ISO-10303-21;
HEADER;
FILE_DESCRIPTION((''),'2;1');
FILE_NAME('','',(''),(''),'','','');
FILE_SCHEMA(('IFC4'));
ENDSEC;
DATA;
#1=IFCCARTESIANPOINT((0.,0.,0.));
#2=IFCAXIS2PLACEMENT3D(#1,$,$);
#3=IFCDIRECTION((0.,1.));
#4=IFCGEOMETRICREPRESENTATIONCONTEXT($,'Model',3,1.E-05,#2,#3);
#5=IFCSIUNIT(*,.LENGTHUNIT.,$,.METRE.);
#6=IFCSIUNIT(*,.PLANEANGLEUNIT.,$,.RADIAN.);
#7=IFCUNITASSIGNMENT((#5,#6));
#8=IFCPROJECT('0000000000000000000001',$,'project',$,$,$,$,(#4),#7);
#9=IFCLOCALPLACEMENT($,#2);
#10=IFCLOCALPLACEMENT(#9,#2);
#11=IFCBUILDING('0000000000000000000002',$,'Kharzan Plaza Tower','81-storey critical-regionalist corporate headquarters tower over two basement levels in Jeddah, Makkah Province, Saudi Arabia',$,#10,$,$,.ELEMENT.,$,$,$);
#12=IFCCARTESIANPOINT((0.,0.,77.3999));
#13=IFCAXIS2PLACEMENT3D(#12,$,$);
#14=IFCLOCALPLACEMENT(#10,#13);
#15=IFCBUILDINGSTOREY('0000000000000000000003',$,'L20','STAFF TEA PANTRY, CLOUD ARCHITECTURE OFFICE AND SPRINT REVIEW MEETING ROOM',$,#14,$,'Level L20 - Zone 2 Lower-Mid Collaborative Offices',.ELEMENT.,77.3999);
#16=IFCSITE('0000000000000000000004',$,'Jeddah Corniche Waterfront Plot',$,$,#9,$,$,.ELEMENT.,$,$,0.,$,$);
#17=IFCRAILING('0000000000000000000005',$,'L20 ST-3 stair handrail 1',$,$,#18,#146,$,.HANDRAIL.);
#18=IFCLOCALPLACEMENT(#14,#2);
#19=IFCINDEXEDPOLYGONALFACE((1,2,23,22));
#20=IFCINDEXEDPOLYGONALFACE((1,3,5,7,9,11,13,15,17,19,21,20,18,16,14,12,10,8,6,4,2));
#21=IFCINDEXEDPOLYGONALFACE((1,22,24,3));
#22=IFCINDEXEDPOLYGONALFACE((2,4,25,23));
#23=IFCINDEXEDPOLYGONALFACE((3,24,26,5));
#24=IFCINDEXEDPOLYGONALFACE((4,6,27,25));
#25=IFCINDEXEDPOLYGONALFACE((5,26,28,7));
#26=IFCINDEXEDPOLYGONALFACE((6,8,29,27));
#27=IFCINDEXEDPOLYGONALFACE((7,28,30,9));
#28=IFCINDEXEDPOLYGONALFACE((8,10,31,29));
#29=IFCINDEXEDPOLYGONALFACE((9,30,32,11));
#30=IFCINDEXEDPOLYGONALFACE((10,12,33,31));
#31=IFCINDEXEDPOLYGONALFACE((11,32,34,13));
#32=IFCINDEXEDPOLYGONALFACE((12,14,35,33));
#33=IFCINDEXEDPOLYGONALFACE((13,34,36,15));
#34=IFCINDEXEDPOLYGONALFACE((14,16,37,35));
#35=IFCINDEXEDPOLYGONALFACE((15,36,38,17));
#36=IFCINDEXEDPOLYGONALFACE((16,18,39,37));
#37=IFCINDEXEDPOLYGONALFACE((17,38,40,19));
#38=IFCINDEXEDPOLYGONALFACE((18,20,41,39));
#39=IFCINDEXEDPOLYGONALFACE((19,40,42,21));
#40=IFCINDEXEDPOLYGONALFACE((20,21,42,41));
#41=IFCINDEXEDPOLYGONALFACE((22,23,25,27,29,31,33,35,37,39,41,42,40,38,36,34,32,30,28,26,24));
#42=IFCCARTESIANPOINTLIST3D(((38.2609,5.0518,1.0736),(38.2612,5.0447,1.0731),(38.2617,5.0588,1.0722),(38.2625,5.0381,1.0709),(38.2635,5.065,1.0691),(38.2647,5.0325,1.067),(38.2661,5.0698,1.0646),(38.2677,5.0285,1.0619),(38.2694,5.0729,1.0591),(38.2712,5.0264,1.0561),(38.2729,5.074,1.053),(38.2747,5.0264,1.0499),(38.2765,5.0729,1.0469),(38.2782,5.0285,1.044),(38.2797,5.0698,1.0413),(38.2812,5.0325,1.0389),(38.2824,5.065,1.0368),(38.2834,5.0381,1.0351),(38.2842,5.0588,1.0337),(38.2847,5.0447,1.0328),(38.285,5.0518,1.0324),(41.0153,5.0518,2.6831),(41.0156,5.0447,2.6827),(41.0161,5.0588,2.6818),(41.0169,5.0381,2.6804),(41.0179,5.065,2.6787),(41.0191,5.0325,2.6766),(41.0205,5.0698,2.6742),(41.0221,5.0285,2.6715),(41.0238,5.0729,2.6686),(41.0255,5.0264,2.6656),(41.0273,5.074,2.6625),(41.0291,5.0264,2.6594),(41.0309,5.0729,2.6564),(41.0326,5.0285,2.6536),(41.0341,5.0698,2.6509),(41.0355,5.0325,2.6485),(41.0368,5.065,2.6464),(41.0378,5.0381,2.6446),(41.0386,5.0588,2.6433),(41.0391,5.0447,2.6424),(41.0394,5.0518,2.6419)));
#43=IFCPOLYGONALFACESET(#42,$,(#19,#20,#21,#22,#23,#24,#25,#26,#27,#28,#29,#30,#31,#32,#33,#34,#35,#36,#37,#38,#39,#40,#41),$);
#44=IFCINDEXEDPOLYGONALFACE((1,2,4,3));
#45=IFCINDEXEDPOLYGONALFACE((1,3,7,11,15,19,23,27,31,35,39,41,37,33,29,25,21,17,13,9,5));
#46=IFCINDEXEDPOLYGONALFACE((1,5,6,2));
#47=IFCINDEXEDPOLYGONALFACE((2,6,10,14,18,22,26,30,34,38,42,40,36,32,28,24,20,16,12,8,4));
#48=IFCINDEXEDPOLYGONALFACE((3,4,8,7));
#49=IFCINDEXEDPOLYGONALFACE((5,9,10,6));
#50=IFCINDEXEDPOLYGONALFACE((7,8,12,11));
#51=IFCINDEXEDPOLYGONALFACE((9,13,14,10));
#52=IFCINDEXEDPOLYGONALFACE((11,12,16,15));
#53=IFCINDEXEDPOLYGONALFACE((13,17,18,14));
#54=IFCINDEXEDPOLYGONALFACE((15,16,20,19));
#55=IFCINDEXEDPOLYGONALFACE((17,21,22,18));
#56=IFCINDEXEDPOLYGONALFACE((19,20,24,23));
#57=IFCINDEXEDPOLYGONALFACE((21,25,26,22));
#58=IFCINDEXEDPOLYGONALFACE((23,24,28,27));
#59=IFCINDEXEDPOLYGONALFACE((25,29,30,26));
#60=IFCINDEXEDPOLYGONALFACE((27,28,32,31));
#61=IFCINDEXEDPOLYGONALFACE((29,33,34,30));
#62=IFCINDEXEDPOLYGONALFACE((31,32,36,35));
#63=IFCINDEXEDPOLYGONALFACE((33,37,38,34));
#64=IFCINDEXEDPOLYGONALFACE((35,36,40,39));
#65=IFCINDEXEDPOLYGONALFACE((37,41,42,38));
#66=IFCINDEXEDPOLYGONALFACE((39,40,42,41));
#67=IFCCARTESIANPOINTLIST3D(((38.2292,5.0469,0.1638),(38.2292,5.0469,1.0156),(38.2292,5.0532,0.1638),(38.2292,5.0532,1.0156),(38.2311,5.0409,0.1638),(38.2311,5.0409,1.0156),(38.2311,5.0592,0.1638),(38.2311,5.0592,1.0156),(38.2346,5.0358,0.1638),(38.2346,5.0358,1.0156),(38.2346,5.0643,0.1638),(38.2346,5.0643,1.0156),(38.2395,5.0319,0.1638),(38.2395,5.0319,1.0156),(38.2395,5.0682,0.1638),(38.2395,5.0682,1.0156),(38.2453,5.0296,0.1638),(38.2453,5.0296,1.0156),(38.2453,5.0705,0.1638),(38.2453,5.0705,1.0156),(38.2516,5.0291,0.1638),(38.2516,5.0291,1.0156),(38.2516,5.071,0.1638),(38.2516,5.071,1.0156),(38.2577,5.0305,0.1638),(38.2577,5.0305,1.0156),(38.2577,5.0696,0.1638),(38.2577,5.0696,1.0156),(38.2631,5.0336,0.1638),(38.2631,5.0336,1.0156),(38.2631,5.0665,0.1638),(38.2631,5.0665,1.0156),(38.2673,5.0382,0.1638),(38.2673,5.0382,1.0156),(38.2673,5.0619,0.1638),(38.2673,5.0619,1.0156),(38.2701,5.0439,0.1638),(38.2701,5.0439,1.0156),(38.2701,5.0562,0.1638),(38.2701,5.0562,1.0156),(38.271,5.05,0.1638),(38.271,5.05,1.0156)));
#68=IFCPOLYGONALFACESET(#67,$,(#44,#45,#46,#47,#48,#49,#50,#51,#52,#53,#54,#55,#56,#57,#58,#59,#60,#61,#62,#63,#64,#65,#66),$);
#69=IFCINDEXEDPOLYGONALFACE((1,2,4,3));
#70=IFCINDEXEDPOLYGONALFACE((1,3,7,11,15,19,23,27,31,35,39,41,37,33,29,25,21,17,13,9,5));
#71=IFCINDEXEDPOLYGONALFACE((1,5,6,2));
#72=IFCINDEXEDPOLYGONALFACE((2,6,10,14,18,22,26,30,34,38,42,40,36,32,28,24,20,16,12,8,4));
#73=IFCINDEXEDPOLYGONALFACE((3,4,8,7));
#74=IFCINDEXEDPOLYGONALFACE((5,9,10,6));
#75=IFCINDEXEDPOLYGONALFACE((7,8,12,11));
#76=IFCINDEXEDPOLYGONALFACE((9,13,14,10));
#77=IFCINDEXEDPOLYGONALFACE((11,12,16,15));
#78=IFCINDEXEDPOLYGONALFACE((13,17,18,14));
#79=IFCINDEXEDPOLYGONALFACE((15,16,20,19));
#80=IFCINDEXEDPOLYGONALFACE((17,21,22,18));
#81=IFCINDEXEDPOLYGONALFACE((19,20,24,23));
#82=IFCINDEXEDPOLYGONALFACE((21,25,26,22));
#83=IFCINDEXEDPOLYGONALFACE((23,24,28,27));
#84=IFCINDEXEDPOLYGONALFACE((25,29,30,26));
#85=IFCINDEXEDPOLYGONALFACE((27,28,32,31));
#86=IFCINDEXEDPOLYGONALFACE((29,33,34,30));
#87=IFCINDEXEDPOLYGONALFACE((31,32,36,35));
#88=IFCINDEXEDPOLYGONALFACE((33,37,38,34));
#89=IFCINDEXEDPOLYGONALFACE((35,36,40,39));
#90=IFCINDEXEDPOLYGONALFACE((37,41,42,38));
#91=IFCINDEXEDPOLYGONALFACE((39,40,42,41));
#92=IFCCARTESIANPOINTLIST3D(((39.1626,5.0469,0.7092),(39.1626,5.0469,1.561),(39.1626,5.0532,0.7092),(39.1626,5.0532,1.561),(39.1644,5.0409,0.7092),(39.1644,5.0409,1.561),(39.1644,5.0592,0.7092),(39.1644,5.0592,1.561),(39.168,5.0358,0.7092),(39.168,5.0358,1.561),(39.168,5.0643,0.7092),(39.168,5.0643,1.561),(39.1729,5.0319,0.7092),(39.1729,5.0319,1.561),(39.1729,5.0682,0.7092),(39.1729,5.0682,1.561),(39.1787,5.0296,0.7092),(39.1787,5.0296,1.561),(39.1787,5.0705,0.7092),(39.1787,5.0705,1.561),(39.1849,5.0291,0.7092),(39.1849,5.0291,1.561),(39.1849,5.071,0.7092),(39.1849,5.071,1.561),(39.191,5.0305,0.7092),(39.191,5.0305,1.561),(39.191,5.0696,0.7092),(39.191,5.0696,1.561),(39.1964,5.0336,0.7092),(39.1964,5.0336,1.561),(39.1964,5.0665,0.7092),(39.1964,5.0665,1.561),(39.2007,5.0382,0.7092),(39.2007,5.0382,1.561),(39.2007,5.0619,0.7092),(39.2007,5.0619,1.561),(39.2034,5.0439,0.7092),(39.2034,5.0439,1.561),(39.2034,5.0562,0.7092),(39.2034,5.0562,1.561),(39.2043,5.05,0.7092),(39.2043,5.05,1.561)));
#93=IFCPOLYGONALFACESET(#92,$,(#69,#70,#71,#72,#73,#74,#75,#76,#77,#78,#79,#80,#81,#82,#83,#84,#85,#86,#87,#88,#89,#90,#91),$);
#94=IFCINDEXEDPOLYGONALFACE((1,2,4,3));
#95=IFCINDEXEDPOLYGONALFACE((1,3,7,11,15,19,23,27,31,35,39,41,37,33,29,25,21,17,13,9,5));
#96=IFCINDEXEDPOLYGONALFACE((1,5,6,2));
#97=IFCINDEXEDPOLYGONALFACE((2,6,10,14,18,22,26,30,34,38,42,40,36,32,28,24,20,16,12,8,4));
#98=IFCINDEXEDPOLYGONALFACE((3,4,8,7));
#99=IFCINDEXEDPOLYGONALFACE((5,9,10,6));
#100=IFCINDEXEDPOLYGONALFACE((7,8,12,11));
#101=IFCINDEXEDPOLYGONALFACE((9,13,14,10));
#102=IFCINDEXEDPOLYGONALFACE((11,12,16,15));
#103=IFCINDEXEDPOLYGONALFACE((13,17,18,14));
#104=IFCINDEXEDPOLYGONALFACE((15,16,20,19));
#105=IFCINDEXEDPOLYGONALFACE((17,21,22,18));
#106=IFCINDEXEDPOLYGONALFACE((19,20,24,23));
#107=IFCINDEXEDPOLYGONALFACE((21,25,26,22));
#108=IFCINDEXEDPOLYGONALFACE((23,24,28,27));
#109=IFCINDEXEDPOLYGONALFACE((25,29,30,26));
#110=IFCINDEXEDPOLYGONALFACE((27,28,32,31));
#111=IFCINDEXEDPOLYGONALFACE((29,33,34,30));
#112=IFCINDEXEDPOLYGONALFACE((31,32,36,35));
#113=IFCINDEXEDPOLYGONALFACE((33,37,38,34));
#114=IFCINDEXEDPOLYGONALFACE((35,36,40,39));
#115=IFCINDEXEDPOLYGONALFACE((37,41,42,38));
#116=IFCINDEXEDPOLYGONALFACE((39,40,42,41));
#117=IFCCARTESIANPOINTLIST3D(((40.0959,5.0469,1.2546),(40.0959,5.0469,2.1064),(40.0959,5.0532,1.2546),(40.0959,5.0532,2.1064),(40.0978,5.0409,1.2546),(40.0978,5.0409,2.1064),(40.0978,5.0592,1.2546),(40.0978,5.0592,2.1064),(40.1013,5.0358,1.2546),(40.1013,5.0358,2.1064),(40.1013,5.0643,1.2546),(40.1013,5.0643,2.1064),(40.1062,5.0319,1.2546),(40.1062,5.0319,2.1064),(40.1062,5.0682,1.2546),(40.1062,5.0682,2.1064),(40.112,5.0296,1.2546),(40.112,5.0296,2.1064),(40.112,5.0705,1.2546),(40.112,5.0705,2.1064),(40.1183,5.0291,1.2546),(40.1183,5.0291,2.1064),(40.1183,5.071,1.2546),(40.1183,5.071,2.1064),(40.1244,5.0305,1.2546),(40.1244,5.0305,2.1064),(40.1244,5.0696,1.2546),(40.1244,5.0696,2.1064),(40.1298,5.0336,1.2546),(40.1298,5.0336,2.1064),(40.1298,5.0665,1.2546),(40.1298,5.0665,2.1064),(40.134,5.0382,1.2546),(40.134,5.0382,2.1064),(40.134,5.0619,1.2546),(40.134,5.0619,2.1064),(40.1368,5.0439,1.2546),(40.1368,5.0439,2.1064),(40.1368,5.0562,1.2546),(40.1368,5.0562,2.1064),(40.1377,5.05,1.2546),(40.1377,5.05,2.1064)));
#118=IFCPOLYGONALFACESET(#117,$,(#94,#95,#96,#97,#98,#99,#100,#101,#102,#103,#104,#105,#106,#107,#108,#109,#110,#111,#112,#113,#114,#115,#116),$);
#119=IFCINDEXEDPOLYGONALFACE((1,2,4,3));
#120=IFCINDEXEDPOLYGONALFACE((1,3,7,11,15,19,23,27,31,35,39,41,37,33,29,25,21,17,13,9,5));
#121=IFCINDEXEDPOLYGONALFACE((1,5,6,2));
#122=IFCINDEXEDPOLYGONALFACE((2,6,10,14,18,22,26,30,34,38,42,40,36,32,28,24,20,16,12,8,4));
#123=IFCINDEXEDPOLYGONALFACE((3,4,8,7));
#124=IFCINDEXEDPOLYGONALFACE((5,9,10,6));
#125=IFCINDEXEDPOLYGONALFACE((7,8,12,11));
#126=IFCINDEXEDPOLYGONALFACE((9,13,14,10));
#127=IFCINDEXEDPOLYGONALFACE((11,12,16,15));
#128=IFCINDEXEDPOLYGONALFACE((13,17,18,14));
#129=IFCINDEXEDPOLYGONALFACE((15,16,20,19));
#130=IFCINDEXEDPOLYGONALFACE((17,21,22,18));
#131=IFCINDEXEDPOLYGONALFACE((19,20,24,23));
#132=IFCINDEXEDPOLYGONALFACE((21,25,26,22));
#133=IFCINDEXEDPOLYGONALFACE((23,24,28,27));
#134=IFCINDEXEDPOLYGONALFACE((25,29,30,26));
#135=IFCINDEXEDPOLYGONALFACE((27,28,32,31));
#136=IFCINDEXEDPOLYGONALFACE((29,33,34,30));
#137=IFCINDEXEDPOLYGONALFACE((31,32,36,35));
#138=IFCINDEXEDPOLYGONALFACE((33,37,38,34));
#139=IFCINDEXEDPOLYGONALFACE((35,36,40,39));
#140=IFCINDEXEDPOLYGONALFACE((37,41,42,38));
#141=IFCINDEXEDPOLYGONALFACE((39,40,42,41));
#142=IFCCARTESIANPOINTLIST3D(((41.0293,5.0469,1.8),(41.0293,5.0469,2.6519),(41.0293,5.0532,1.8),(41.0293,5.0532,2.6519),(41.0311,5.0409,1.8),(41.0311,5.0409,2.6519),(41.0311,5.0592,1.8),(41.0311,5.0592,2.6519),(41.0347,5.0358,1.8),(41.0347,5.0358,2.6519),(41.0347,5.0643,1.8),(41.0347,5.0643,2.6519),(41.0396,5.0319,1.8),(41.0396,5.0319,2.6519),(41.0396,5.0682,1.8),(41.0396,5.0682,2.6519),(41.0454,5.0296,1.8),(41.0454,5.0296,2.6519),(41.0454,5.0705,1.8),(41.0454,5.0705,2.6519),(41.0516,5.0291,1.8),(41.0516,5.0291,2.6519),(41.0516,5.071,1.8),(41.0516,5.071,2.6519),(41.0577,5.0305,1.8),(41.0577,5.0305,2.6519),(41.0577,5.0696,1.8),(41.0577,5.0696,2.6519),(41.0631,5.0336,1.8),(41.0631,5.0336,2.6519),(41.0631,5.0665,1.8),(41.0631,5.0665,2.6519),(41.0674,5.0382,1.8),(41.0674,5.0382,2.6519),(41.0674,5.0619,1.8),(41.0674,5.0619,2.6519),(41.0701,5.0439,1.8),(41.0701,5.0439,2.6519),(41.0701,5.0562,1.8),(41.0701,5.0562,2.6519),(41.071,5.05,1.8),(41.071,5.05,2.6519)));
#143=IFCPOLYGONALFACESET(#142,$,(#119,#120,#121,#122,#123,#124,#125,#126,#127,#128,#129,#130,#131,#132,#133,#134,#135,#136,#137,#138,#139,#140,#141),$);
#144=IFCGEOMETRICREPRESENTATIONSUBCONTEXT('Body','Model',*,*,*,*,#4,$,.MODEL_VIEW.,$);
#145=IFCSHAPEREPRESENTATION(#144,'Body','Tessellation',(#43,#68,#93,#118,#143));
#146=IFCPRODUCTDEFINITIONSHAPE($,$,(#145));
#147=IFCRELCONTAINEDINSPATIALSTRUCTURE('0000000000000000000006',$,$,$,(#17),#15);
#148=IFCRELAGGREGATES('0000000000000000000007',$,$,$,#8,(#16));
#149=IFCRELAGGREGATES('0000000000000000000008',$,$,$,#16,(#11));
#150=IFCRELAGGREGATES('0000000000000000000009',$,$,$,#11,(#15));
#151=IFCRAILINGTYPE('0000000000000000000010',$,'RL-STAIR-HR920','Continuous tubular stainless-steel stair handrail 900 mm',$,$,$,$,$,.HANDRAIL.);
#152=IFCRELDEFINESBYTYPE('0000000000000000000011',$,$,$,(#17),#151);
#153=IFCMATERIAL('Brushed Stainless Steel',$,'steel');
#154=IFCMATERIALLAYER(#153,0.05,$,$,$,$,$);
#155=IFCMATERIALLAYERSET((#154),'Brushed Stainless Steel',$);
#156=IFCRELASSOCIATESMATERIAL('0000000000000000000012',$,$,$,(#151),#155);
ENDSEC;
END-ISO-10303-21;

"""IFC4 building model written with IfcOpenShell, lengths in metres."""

from ifc_helpers import new_model, si_unit, direction, frame, origin, origin_2d, place, context, subcontext, project, spatial, circle, extrude, source, transform, mapped, material, layer, layer_set, type_object, element, save


model = new_model("IFC4")

# Units and contexts
model_context = context("Model", 3, precision=1e-05, world=origin(), true_north=direction((0.0, 1.0)))
body_context = subcontext(model_context, "Body", "Model", "MODEL_VIEW")
ifc_project = project(units=[si_unit("LENGTHUNIT", "METRE"), si_unit("PLANEANGLEUNIT", "RADIAN")], contexts=[model_context])

# Site, building, storey
site_placement = place(None, origin())
site = spatial("IfcSite", under=ifc_project, at=site_placement, Name="Jeddah Corniche Waterfront Plot", CompositionType="ELEMENT", RefElevation=0.0)
building_placement = place(site_placement, origin())
building = spatial("IfcBuilding", under=site, at=building_placement, Name="Kharzan Plaza Tower", Description="81-storey critical-regionalist corporate headquarters tower over two basement levels in Jeddah, Makkah Province, Saudi Arabia", CompositionType="ELEMENT")
storey_placement = place(building_placement, frame((0.0, 0.0, 77.3999)))
storey = spatial("IfcBuildingStorey", under=building, at=storey_placement, Name="L20", Description="STAFF TEA PANTRY, CLOUD ARCHITECTURE OFFICE AND SPRINT REVIEW MEETING ROOM", LongName="Level L20 - Zone 2 Lower-Mid Collaborative Offices", CompositionType="ELEMENT", Elevation=77.3999)

# Shared definitions
ifc_material_1 = material(Name="Brushed Stainless Steel", Category="steel")

# Railing
ifc_layer_1 = layer(ifc_material_1, 0.05)
ifc_layer_set_1 = layer_set([ifc_layer_1], Name="Brushed Stainless Steel")
railing_type_1 = type_object("IfcRailingType", Name="RL-STAIR-HR920", Description="Continuous tubular stainless-steel stair handrail 900 mm", PredefinedType="HANDRAIL", material=ifc_layer_set_1)
shared_shape_1 = source(origin(), body_context, "Body", "SweptSolid", [
    extrude(circle(Radius=0.0239, at=origin_2d()), frame((0.0229, 0.0, 0.8892), z_axis=(0.863394, 0.0, 0.504531), x_axis=(0.0, 1.0, 0.0)), (0.0, 0.0, 1.0), 3.1902),
    extrude(circle(Radius=0.021, at=origin_2d()), origin(), (0.0, 0.0, 1.0), 0.8518),
    extrude(circle(Radius=0.021, at=origin_2d()), frame((0.9333, 0.0, 0.5454)), (0.0, 0.0, 1.0), 0.8518),
    extrude(circle(Radius=0.021, at=origin_2d()), frame((1.8667, 0.0, 1.0908)), (0.0, 0.0, 1.0), 0.8518),
    extrude(circle(Radius=0.021, at=origin_2d()), frame((2.8, 0.0, 1.6362)), (0.0, 0.0, 1.0), 0.8518),
])
railing_1_placement = place(storey_placement, frame((38.25, 5.05, 0.1638)))
element("IfcRailing", 1, at=railing_1_placement, inside=storey, type_object=railing_type_1, Name="L20 ST-3 stair handrail 1", PredefinedType="HANDRAIL", context=body_context, shape_type="MappedRepresentation", body=[
    mapped(shared_shape_1, transform((0.0, 0.0, 0.0), x_axis=(1.0, 0.0, 0.0), y_axis=(0.0, 1.0, 0.0), z_axis=(0.0, 0.0, 1.0))),
])

save(model, "model.ifc")
